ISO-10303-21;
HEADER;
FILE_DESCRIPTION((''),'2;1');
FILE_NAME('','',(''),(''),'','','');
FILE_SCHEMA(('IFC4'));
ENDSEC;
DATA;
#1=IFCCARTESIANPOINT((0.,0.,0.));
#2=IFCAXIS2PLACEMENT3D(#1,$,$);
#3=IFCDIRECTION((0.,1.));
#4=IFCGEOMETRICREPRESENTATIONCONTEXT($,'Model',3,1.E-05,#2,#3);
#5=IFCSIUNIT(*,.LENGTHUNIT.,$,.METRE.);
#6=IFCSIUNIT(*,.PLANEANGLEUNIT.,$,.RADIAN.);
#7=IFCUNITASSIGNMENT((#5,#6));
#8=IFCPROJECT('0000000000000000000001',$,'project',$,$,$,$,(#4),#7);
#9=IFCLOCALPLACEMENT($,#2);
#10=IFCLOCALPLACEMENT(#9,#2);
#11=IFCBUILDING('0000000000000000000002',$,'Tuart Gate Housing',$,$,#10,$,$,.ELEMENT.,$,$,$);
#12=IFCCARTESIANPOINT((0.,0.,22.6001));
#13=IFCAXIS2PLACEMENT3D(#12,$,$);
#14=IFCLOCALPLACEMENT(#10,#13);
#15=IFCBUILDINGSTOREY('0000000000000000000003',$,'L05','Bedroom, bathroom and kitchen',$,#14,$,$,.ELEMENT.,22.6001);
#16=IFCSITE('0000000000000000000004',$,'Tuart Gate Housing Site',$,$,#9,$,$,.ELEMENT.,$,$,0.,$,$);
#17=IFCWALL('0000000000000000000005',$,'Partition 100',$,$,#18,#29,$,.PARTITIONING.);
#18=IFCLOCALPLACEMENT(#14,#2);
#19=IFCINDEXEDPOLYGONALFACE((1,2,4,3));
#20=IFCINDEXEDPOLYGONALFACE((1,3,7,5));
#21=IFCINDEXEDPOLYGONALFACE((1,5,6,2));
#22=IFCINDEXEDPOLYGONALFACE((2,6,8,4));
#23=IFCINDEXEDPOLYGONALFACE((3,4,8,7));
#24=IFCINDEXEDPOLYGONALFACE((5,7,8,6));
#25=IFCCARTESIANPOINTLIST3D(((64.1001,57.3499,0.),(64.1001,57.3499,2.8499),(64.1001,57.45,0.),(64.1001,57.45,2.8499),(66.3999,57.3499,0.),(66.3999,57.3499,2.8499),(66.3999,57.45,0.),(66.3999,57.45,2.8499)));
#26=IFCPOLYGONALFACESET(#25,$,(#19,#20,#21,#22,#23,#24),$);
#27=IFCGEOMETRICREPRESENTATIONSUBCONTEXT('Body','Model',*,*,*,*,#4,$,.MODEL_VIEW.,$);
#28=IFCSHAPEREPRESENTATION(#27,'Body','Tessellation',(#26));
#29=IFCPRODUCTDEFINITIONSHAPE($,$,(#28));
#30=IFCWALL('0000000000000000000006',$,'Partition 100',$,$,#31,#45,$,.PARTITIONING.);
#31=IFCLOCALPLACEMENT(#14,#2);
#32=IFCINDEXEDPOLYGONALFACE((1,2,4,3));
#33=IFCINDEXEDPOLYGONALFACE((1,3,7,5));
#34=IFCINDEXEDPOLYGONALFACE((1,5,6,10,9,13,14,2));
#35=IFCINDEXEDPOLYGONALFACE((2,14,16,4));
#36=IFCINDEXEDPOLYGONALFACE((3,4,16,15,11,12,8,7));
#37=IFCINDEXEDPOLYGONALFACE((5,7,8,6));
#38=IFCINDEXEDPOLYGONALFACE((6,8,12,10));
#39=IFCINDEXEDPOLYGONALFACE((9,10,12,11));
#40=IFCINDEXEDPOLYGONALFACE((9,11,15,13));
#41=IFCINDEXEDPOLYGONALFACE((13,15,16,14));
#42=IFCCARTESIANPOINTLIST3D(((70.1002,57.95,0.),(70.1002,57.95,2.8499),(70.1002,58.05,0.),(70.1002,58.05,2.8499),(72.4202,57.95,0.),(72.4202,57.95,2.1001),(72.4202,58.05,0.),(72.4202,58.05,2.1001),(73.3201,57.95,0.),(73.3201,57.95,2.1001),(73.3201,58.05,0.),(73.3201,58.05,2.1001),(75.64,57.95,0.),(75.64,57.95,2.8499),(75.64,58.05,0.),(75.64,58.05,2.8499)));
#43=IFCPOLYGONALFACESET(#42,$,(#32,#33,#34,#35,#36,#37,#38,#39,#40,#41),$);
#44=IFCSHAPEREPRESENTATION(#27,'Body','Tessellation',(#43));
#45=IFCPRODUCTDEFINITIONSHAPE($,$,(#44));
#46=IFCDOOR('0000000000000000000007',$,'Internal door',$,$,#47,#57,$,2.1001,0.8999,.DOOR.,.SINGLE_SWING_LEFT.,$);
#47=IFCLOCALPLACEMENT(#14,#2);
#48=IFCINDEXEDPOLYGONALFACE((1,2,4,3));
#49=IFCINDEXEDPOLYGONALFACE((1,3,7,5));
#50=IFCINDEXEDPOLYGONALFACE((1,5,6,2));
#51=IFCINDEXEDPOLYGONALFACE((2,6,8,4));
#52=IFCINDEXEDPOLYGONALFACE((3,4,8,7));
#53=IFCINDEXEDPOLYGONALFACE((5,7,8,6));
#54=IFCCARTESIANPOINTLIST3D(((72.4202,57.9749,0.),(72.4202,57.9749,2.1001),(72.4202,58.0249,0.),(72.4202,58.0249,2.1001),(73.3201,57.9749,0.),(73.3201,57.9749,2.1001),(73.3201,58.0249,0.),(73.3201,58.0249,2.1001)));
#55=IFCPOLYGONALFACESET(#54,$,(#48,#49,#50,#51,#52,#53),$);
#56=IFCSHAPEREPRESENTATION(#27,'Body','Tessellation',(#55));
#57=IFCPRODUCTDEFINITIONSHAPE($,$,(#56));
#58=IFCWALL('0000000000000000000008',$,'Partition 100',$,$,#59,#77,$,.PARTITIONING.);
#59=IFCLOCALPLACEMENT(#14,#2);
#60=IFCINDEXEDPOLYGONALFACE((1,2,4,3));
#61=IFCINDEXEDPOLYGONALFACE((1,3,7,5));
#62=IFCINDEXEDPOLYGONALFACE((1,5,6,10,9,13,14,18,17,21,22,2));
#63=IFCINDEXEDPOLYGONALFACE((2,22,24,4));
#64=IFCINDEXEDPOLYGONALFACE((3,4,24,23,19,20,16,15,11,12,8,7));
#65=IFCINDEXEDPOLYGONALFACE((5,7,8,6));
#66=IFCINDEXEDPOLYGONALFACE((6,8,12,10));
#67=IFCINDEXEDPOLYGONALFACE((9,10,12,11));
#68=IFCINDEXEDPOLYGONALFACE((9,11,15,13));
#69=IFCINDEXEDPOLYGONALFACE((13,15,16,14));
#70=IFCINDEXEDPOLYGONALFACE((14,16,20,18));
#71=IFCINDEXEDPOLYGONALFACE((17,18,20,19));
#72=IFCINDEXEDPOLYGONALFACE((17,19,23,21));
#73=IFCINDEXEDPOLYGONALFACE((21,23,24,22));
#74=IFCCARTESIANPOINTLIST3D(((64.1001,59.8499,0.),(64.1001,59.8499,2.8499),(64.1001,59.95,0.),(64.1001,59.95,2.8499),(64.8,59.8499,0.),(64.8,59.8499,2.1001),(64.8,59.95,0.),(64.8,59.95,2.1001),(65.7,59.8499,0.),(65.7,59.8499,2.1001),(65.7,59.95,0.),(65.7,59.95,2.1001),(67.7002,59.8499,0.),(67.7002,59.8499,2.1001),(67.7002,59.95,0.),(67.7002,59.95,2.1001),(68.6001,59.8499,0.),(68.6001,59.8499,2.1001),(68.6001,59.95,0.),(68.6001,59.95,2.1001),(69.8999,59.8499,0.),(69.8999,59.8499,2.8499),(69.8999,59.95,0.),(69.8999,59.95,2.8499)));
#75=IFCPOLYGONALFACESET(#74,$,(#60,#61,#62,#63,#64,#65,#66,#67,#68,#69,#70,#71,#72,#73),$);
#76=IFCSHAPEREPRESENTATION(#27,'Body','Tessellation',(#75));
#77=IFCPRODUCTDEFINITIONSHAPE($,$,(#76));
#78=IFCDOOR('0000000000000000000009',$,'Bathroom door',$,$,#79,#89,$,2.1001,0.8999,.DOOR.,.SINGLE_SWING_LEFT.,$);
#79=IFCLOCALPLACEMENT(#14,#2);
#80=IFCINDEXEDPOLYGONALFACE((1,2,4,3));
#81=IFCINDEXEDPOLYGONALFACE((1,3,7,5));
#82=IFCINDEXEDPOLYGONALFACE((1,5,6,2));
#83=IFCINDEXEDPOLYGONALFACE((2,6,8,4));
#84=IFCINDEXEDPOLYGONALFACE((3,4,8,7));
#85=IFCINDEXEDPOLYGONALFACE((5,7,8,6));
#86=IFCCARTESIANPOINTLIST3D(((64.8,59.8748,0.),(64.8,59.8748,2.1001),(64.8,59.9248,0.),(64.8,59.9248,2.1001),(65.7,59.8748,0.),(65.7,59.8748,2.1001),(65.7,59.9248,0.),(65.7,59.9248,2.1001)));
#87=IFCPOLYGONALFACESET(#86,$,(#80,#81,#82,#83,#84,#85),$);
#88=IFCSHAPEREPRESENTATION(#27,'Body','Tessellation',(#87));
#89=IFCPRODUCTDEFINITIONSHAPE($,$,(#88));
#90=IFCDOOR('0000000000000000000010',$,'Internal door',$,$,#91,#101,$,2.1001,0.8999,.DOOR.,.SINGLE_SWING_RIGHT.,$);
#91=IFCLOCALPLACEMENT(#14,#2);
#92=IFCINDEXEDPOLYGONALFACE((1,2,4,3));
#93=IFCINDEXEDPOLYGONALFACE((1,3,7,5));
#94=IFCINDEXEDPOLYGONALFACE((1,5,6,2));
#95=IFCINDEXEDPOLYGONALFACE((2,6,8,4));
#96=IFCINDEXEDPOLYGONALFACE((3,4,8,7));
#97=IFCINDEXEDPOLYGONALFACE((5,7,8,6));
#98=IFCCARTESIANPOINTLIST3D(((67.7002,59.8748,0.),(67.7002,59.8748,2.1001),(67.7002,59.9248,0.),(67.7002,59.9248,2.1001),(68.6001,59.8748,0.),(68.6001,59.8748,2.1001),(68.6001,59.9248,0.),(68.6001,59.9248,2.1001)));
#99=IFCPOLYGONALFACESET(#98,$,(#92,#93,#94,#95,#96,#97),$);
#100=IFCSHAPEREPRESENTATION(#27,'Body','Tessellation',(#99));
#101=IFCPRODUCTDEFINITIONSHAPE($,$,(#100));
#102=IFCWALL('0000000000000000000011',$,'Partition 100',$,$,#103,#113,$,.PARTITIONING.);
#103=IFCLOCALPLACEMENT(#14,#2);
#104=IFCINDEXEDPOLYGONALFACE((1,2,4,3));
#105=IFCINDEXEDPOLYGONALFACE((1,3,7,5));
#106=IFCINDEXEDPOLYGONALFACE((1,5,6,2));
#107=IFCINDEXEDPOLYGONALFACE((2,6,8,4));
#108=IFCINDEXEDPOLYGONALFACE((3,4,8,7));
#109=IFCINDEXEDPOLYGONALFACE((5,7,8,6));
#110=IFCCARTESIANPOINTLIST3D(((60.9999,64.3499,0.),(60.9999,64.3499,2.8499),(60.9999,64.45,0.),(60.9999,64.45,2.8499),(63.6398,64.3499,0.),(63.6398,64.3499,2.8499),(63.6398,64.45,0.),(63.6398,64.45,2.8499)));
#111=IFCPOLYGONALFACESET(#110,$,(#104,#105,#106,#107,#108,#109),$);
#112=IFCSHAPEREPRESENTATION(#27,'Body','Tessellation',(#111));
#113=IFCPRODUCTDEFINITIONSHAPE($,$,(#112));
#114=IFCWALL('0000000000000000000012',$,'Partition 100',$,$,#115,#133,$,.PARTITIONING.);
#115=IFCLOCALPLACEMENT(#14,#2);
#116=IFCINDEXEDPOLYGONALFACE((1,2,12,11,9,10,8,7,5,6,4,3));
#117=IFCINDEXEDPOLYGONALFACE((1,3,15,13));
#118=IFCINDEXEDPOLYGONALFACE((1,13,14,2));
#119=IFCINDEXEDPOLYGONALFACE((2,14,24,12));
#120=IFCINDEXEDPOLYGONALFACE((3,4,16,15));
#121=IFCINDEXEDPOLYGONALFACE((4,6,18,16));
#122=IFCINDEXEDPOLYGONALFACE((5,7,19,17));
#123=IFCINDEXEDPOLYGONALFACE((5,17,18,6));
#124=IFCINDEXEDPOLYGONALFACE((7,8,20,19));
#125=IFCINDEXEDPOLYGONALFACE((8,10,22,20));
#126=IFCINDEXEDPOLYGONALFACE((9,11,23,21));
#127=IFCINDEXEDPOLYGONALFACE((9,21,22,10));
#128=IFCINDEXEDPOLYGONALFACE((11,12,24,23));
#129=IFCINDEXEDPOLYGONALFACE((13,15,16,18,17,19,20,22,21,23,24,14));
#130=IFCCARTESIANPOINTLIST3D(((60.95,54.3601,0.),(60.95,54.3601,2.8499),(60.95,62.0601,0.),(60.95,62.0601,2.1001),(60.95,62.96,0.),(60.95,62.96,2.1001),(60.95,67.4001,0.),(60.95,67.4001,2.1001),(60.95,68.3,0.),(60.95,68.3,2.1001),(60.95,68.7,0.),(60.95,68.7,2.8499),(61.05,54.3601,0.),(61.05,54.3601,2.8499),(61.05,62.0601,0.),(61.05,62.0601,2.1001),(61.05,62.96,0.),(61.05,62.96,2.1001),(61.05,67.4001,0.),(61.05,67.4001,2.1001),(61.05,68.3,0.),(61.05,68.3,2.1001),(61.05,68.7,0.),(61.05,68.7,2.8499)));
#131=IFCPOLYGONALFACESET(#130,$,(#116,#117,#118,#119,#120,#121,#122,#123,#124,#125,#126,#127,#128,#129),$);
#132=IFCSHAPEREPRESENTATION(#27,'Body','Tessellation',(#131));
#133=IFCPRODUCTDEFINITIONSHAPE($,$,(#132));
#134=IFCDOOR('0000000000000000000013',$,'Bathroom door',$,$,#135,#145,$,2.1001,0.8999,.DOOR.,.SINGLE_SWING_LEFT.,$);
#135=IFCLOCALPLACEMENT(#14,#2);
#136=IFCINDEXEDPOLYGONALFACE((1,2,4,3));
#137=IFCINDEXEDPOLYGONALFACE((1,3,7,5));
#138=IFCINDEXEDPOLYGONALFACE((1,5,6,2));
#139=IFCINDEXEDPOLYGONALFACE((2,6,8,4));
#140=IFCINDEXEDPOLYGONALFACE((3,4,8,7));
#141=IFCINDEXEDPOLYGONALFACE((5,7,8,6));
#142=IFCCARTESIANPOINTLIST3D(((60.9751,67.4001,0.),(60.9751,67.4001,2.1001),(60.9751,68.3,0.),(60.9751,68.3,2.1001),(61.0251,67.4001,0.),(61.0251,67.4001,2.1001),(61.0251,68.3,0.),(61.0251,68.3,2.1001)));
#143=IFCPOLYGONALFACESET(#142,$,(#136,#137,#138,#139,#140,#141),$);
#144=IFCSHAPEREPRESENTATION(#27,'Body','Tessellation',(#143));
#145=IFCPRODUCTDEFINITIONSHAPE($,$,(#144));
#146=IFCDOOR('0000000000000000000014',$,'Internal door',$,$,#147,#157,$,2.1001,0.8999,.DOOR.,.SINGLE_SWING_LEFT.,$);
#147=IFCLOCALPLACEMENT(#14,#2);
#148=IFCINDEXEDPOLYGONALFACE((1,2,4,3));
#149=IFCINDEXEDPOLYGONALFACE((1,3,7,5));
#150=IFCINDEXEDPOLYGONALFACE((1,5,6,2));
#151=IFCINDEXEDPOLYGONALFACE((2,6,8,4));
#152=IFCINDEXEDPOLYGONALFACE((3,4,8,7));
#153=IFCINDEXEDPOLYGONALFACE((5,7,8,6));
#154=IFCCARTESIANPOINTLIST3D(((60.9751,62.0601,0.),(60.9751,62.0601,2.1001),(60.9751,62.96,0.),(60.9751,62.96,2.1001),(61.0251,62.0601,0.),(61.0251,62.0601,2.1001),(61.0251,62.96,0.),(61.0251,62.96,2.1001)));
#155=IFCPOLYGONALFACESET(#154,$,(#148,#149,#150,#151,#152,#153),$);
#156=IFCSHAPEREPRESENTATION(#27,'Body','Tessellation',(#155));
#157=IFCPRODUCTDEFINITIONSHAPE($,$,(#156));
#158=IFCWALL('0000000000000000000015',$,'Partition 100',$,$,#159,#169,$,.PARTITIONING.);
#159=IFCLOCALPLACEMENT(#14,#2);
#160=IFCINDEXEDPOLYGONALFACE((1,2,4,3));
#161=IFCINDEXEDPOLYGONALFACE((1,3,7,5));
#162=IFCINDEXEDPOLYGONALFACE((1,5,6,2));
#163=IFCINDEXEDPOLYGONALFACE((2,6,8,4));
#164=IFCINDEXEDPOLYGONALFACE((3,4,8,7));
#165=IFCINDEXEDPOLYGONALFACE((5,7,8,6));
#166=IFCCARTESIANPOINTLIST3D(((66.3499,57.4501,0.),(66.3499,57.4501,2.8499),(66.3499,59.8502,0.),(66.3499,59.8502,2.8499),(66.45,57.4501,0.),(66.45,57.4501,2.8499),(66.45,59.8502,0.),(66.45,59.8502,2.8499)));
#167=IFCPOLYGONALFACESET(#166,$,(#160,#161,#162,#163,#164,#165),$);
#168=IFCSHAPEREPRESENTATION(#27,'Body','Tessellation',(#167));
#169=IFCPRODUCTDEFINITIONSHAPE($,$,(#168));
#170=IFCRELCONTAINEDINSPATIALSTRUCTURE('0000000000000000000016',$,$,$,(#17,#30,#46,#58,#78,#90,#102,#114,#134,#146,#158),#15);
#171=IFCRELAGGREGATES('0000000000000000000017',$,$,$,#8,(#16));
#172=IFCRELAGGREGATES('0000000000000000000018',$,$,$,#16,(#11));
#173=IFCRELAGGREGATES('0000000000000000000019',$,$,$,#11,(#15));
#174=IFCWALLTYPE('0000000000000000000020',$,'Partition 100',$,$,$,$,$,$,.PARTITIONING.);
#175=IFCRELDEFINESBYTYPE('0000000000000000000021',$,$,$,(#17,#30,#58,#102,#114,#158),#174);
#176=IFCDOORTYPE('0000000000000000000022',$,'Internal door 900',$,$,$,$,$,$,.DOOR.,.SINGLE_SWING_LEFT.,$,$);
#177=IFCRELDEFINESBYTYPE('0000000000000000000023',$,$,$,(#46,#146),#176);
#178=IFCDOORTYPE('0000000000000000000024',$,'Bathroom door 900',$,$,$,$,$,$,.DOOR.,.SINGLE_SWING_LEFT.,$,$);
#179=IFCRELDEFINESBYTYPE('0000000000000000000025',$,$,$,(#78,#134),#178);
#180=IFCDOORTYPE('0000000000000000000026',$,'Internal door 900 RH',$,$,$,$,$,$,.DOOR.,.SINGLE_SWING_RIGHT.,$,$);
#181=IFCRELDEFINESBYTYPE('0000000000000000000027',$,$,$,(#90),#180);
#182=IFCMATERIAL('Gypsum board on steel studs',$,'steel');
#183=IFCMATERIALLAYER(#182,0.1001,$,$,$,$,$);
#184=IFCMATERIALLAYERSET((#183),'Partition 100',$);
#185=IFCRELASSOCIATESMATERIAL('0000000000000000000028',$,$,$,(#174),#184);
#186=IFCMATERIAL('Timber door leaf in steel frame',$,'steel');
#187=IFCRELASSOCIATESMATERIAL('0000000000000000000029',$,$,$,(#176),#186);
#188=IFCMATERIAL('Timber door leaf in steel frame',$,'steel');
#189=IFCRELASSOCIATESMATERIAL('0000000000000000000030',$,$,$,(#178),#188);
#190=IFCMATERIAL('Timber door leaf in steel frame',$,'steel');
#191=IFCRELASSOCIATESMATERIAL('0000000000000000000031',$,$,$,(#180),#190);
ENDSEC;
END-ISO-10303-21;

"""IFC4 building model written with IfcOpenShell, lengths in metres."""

from ifc_helpers import new_model, si_unit, direction, frame, frame_2d, origin, place, context, subcontext, project, spatial, rectangle, extrude, material, layer, layer_set, type_object, element, fill, save


model = new_model("IFC4")

# Units and contexts
model_context = context("Model", 3, precision=1e-05, world=origin(), true_north=direction((0.0, 1.0)))
body_context = subcontext(model_context, "Body", "Model", "MODEL_VIEW")
ifc_project = project(units=[si_unit("LENGTHUNIT", "METRE"), si_unit("PLANEANGLEUNIT", "RADIAN")], contexts=[model_context])

# Site, building, storey
site_placement = place(None, origin())
site = spatial("IfcSite", under=ifc_project, at=site_placement, Name="Tuart Gate Housing Site", CompositionType="ELEMENT", RefElevation=0.0)
building_placement = place(site_placement, origin())
building = spatial("IfcBuilding", under=site, at=building_placement, Name="Tuart Gate Housing", CompositionType="ELEMENT")
storey_placement = place(building_placement, frame((0.0, 0.0, 22.6001)))
storey = spatial("IfcBuildingStorey", under=building, at=storey_placement, Name="L05", Description="Bedroom, bathroom and kitchen", CompositionType="ELEMENT", Elevation=22.6001)

# Wall
ifc_material_1 = material(Name="Gypsum board on steel studs", Category="steel")
ifc_layer_1 = layer(ifc_material_1, 0.1001)
ifc_layer_set_1 = layer_set([ifc_layer_1], Name="Partition 100")
wall_type_1 = type_object("IfcWallType", Name="Partition 100", PredefinedType="PARTITIONING", material=ifc_layer_set_1)
wall_1_placement = place(storey_placement, frame((64.1001, 57.3999, 0.0), z_axis=(0.0, 0.0, 1.0), x_axis=(1.0, 0.0, 0.0)))
element("IfcWall", 1, at=wall_1_placement, inside=storey, type_object=wall_type_1, Name="Partition 100", PredefinedType="PARTITIONING", context=body_context, shape_type="SweptSolid", body=[
    extrude(rectangle(XDim=2.2998, YDim=0.1001, at=frame_2d((1.1499, 0.0))), origin(), (0.0, 0.0, 1.0), 2.8499),
])

# Wall, opening, door
wall_2_placement = place(storey_placement, frame((70.1001, 58.0, 0.0), z_axis=(0.0, 0.0, 1.0), x_axis=(1.0, 0.0, 0.0)))
wall_2 = element("IfcWall", 2, at=wall_2_placement, inside=storey, type_object=wall_type_1, Name="Partition 100", PredefinedType="PARTITIONING", context=body_context, shape_type="SweptSolid", body=[
    extrude(rectangle(XDim=5.5398, YDim=0.1001, at=frame_2d((2.77, 0.0))), origin(), (0.0, 0.0, 1.0), 2.8499),
])
opening_1_placement = place(wall_2_placement, frame((2.3201, 0.0, 0.0)))
opening_1 = element("IfcOpeningElement", 3, at=opening_1_placement, cuts=wall_2, PredefinedType="OPENING", context=body_context, shape_type="SweptSolid", body=[
    extrude(rectangle(XDim=0.8999, YDim=2.1001, at=frame_2d((0.45, 1.05))), frame((0.0, 0.0601, 0.0), z_axis=(0.0, -1.0, 0.0), x_axis=(1.0, 0.0, 0.0)), (0.0, 0.0, 1.0), 0.1201),
])
ifc_material_2 = material(Name="Timber door leaf in steel frame", Category="steel")
door_type_1 = type_object("IfcDoorType", Name="Internal door 900", OperationType="SINGLE_SWING_LEFT", PredefinedType="DOOR", material=ifc_material_2)
door_1_placement = place(opening_1_placement, frame((0.8999, 0.0, 0.0), z_axis=(0.0, 0.0, 1.0), x_axis=(-1.0, 0.0, 0.0)))
door_1 = element("IfcDoor", 4, at=door_1_placement, inside=storey, type_object=door_type_1, Name="Internal door", OperationType="SINGLE_SWING_LEFT", OverallHeight=2.1001, OverallWidth=0.8999, PredefinedType="DOOR", context=body_context, shape_type="SweptSolid", body=[
    extrude(rectangle(XDim=0.8999, YDim=2.1001, at=frame_2d((0.45, 1.05))), frame((0.0, 0.0251, 0.0), z_axis=(0.0, -1.0, 0.0), x_axis=(1.0, 0.0, 0.0)), (0.0, 0.0, 1.0), 0.05),
])
fill(opening_1, door_1)

# Wall, openings, doors
wall_3_placement = place(storey_placement, frame((64.1001, 59.8999, 0.0), z_axis=(0.0, 0.0, 1.0), x_axis=(1.0, 0.0, 0.0)))
wall_3 = element("IfcWall", 5, at=wall_3_placement, inside=storey, type_object=wall_type_1, Name="Partition 100", PredefinedType="PARTITIONING", context=body_context, shape_type="SweptSolid", body=[
    extrude(rectangle(XDim=5.7998, YDim=0.1001, at=frame_2d((2.8999, 0.0))), origin(), (0.0, 0.0, 1.0), 2.8499),
])
opening_2_placement = place(wall_3_placement, frame((3.6001, 0.0, 0.0)))
opening_2 = element("IfcOpeningElement", 6, at=opening_2_placement, cuts=wall_3, PredefinedType="OPENING", context=body_context, shape_type="SweptSolid", body=[
    extrude(rectangle(XDim=0.8999, YDim=2.1001, at=frame_2d((0.45, 1.05))), frame((0.0, 0.0601, 0.0), z_axis=(0.0, -1.0, 0.0), x_axis=(1.0, 0.0, 0.0)), (0.0, 0.0, 1.0), 0.1201),
])
opening_3_placement = place(wall_3_placement, frame((0.7, 0.0, 0.0)))
opening_3 = element("IfcOpeningElement", 7, at=opening_3_placement, cuts=wall_3, PredefinedType="OPENING", context=body_context, shape_type="SweptSolid", body=[
    extrude(rectangle(XDim=0.8999, YDim=2.1001, at=frame_2d((0.45, 1.05))), frame((0.0, 0.0601, 0.0), z_axis=(0.0, -1.0, 0.0), x_axis=(1.0, 0.0, 0.0)), (0.0, 0.0, 1.0), 0.1201),
])
ifc_material_3 = material(Name="Timber door leaf in steel frame", Category="steel")
door_type_2 = type_object("IfcDoorType", Name="Bathroom door 900", OperationType="SINGLE_SWING_LEFT", PredefinedType="DOOR", material=ifc_material_3)
door_2_placement = place(opening_3_placement, frame((0.8999, 0.0, 0.0), z_axis=(0.0, 0.0, 1.0), x_axis=(-1.0, 0.0, 0.0)))
door_2 = element("IfcDoor", 8, at=door_2_placement, inside=storey, type_object=door_type_2, Name="Bathroom door", OperationType="SINGLE_SWING_LEFT", OverallHeight=2.1001, OverallWidth=0.8999, PredefinedType="DOOR", context=body_context, shape_type="SweptSolid", body=[
    extrude(rectangle(XDim=0.8999, YDim=2.1001, at=frame_2d((0.45, 1.05))), frame((0.0, 0.0251, 0.0), z_axis=(0.0, -1.0, 0.0), x_axis=(1.0, 0.0, 0.0)), (0.0, 0.0, 1.0), 0.05),
])
fill(opening_3, door_2)
ifc_material_4 = material(Name="Timber door leaf in steel frame", Category="steel")
door_type_3 = type_object("IfcDoorType", Name="Internal door 900 RH", OperationType="SINGLE_SWING_RIGHT", PredefinedType="DOOR", material=ifc_material_4)
door_3_placement = place(opening_2_placement, frame((0.8999, 0.0, 0.0), z_axis=(0.0, 0.0, 1.0), x_axis=(-1.0, 0.0, 0.0)))
door_3 = element("IfcDoor", 9, at=door_3_placement, inside=storey, type_object=door_type_3, Name="Internal door", OperationType="SINGLE_SWING_RIGHT", OverallHeight=2.1001, OverallWidth=0.8999, PredefinedType="DOOR", context=body_context, shape_type="SweptSolid", body=[
    extrude(rectangle(XDim=0.8999, YDim=2.1001, at=frame_2d((0.45, 1.05))), frame((0.0, 0.0251, 0.0), z_axis=(0.0, -1.0, 0.0), x_axis=(1.0, 0.0, 0.0)), (0.0, 0.0, 1.0), 0.05),
])
fill(opening_2, door_3)

# Wall
wall_4_placement = place(storey_placement, frame((61.0, 64.3999, 0.0), z_axis=(0.0, 0.0, 1.0), x_axis=(1.0, 0.0, 0.0)))
element("IfcWall", 10, at=wall_4_placement, inside=storey, type_object=wall_type_1, Name="Partition 100", PredefinedType="PARTITIONING", context=body_context, shape_type="SweptSolid", body=[
    extrude(rectangle(XDim=2.6399, YDim=0.1001, at=frame_2d((1.3198, 0.0))), origin(), (0.0, 0.0, 1.0), 2.8499),
])

# Wall, openings, doors
wall_5_placement = place(storey_placement, frame((61.0, 54.3601, 0.0), z_axis=(0.0, 0.0, 1.0), x_axis=(0.0, 1.0, 0.0)))
wall_5 = element("IfcWall", 11, at=wall_5_placement, inside=storey, type_object=wall_type_1, Name="Partition 100", PredefinedType="PARTITIONING", context=body_context, shape_type="SweptSolid", body=[
    extrude(rectangle(XDim=14.3398, YDim=0.1001, at=frame_2d((7.1699, 0.0))), origin(), (0.0, 0.0, 1.0), 2.8499),
])
opening_4_placement = place(wall_5_placement, frame((7.7, 0.0, 0.0)))
opening_4 = element("IfcOpeningElement", 12, at=opening_4_placement, cuts=wall_5, PredefinedType="OPENING", context=body_context, shape_type="SweptSolid", body=[
    extrude(rectangle(XDim=0.8999, YDim=2.1001, at=frame_2d((0.45, 1.05))), frame((0.0, 0.0601, 0.0), z_axis=(0.0, -1.0, 0.0), x_axis=(1.0, 0.0, 0.0)), (0.0, 0.0, 1.0), 0.1201),
])
opening_5_placement = place(wall_5_placement, frame((13.04, 0.0, 0.0)))
opening_5 = element("IfcOpeningElement", 13, at=opening_5_placement, cuts=wall_5, PredefinedType="OPENING", context=body_context, shape_type="SweptSolid", body=[
    extrude(rectangle(XDim=0.8999, YDim=2.1001, at=frame_2d((0.45, 1.05))), frame((0.0, 0.0601, 0.0), z_axis=(0.0, -1.0, 0.0), x_axis=(1.0, 0.0, 0.0)), (0.0, 0.0, 1.0), 0.1201),
])
door_4_placement = place(opening_5_placement, frame((0.8999, 0.0, 0.0), z_axis=(0.0, 0.0, 1.0), x_axis=(-1.0, 0.0, 0.0)))
door_4 = element("IfcDoor", 14, at=door_4_placement, inside=storey, type_object=door_type_2, Name="Bathroom door", OperationType="SINGLE_SWING_LEFT", OverallHeight=2.1001, OverallWidth=0.8999, PredefinedType="DOOR", context=body_context, shape_type="SweptSolid", body=[
    extrude(rectangle(XDim=0.8999, YDim=2.1001, at=frame_2d((0.45, 1.05))), frame((0.0, 0.0251, 0.0), z_axis=(0.0, -1.0, 0.0), x_axis=(1.0, 0.0, 0.0)), (0.0, 0.0, 1.0), 0.05),
])
fill(opening_5, door_4)
door_5_placement = place(opening_4_placement, frame((0.8999, 0.0, 0.0), z_axis=(0.0, 0.0, 1.0), x_axis=(-1.0, 0.0, 0.0)))
door_5 = element("IfcDoor", 15, at=door_5_placement, inside=storey, type_object=door_type_1, Name="Internal door", OperationType="SINGLE_SWING_LEFT", OverallHeight=2.1001, OverallWidth=0.8999, PredefinedType="DOOR", context=body_context, shape_type="SweptSolid", body=[
    extrude(rectangle(XDim=0.8999, YDim=2.1001, at=frame_2d((0.45, 1.05))), frame((0.0, 0.0251, 0.0), z_axis=(0.0, -1.0, 0.0), x_axis=(1.0, 0.0, 0.0)), (0.0, 0.0, 1.0), 0.05),
])
fill(opening_4, door_5)

# Wall
wall_6_placement = place(storey_placement, frame((66.3999, 57.45, 0.0), z_axis=(0.0, 0.0, 1.0), x_axis=(0.0, 1.0, 0.0)))
element("IfcWall", 16, at=wall_6_placement, inside=storey, type_object=wall_type_1, Name="Partition 100", PredefinedType="PARTITIONING", context=body_context, shape_type="SweptSolid", body=[
    extrude(rectangle(XDim=2.4001, YDim=0.1001, at=frame_2d((1.2002, 0.0))), origin(), (0.0, 0.0, 1.0), 2.8499),
])

save(model, "model.ifc")
